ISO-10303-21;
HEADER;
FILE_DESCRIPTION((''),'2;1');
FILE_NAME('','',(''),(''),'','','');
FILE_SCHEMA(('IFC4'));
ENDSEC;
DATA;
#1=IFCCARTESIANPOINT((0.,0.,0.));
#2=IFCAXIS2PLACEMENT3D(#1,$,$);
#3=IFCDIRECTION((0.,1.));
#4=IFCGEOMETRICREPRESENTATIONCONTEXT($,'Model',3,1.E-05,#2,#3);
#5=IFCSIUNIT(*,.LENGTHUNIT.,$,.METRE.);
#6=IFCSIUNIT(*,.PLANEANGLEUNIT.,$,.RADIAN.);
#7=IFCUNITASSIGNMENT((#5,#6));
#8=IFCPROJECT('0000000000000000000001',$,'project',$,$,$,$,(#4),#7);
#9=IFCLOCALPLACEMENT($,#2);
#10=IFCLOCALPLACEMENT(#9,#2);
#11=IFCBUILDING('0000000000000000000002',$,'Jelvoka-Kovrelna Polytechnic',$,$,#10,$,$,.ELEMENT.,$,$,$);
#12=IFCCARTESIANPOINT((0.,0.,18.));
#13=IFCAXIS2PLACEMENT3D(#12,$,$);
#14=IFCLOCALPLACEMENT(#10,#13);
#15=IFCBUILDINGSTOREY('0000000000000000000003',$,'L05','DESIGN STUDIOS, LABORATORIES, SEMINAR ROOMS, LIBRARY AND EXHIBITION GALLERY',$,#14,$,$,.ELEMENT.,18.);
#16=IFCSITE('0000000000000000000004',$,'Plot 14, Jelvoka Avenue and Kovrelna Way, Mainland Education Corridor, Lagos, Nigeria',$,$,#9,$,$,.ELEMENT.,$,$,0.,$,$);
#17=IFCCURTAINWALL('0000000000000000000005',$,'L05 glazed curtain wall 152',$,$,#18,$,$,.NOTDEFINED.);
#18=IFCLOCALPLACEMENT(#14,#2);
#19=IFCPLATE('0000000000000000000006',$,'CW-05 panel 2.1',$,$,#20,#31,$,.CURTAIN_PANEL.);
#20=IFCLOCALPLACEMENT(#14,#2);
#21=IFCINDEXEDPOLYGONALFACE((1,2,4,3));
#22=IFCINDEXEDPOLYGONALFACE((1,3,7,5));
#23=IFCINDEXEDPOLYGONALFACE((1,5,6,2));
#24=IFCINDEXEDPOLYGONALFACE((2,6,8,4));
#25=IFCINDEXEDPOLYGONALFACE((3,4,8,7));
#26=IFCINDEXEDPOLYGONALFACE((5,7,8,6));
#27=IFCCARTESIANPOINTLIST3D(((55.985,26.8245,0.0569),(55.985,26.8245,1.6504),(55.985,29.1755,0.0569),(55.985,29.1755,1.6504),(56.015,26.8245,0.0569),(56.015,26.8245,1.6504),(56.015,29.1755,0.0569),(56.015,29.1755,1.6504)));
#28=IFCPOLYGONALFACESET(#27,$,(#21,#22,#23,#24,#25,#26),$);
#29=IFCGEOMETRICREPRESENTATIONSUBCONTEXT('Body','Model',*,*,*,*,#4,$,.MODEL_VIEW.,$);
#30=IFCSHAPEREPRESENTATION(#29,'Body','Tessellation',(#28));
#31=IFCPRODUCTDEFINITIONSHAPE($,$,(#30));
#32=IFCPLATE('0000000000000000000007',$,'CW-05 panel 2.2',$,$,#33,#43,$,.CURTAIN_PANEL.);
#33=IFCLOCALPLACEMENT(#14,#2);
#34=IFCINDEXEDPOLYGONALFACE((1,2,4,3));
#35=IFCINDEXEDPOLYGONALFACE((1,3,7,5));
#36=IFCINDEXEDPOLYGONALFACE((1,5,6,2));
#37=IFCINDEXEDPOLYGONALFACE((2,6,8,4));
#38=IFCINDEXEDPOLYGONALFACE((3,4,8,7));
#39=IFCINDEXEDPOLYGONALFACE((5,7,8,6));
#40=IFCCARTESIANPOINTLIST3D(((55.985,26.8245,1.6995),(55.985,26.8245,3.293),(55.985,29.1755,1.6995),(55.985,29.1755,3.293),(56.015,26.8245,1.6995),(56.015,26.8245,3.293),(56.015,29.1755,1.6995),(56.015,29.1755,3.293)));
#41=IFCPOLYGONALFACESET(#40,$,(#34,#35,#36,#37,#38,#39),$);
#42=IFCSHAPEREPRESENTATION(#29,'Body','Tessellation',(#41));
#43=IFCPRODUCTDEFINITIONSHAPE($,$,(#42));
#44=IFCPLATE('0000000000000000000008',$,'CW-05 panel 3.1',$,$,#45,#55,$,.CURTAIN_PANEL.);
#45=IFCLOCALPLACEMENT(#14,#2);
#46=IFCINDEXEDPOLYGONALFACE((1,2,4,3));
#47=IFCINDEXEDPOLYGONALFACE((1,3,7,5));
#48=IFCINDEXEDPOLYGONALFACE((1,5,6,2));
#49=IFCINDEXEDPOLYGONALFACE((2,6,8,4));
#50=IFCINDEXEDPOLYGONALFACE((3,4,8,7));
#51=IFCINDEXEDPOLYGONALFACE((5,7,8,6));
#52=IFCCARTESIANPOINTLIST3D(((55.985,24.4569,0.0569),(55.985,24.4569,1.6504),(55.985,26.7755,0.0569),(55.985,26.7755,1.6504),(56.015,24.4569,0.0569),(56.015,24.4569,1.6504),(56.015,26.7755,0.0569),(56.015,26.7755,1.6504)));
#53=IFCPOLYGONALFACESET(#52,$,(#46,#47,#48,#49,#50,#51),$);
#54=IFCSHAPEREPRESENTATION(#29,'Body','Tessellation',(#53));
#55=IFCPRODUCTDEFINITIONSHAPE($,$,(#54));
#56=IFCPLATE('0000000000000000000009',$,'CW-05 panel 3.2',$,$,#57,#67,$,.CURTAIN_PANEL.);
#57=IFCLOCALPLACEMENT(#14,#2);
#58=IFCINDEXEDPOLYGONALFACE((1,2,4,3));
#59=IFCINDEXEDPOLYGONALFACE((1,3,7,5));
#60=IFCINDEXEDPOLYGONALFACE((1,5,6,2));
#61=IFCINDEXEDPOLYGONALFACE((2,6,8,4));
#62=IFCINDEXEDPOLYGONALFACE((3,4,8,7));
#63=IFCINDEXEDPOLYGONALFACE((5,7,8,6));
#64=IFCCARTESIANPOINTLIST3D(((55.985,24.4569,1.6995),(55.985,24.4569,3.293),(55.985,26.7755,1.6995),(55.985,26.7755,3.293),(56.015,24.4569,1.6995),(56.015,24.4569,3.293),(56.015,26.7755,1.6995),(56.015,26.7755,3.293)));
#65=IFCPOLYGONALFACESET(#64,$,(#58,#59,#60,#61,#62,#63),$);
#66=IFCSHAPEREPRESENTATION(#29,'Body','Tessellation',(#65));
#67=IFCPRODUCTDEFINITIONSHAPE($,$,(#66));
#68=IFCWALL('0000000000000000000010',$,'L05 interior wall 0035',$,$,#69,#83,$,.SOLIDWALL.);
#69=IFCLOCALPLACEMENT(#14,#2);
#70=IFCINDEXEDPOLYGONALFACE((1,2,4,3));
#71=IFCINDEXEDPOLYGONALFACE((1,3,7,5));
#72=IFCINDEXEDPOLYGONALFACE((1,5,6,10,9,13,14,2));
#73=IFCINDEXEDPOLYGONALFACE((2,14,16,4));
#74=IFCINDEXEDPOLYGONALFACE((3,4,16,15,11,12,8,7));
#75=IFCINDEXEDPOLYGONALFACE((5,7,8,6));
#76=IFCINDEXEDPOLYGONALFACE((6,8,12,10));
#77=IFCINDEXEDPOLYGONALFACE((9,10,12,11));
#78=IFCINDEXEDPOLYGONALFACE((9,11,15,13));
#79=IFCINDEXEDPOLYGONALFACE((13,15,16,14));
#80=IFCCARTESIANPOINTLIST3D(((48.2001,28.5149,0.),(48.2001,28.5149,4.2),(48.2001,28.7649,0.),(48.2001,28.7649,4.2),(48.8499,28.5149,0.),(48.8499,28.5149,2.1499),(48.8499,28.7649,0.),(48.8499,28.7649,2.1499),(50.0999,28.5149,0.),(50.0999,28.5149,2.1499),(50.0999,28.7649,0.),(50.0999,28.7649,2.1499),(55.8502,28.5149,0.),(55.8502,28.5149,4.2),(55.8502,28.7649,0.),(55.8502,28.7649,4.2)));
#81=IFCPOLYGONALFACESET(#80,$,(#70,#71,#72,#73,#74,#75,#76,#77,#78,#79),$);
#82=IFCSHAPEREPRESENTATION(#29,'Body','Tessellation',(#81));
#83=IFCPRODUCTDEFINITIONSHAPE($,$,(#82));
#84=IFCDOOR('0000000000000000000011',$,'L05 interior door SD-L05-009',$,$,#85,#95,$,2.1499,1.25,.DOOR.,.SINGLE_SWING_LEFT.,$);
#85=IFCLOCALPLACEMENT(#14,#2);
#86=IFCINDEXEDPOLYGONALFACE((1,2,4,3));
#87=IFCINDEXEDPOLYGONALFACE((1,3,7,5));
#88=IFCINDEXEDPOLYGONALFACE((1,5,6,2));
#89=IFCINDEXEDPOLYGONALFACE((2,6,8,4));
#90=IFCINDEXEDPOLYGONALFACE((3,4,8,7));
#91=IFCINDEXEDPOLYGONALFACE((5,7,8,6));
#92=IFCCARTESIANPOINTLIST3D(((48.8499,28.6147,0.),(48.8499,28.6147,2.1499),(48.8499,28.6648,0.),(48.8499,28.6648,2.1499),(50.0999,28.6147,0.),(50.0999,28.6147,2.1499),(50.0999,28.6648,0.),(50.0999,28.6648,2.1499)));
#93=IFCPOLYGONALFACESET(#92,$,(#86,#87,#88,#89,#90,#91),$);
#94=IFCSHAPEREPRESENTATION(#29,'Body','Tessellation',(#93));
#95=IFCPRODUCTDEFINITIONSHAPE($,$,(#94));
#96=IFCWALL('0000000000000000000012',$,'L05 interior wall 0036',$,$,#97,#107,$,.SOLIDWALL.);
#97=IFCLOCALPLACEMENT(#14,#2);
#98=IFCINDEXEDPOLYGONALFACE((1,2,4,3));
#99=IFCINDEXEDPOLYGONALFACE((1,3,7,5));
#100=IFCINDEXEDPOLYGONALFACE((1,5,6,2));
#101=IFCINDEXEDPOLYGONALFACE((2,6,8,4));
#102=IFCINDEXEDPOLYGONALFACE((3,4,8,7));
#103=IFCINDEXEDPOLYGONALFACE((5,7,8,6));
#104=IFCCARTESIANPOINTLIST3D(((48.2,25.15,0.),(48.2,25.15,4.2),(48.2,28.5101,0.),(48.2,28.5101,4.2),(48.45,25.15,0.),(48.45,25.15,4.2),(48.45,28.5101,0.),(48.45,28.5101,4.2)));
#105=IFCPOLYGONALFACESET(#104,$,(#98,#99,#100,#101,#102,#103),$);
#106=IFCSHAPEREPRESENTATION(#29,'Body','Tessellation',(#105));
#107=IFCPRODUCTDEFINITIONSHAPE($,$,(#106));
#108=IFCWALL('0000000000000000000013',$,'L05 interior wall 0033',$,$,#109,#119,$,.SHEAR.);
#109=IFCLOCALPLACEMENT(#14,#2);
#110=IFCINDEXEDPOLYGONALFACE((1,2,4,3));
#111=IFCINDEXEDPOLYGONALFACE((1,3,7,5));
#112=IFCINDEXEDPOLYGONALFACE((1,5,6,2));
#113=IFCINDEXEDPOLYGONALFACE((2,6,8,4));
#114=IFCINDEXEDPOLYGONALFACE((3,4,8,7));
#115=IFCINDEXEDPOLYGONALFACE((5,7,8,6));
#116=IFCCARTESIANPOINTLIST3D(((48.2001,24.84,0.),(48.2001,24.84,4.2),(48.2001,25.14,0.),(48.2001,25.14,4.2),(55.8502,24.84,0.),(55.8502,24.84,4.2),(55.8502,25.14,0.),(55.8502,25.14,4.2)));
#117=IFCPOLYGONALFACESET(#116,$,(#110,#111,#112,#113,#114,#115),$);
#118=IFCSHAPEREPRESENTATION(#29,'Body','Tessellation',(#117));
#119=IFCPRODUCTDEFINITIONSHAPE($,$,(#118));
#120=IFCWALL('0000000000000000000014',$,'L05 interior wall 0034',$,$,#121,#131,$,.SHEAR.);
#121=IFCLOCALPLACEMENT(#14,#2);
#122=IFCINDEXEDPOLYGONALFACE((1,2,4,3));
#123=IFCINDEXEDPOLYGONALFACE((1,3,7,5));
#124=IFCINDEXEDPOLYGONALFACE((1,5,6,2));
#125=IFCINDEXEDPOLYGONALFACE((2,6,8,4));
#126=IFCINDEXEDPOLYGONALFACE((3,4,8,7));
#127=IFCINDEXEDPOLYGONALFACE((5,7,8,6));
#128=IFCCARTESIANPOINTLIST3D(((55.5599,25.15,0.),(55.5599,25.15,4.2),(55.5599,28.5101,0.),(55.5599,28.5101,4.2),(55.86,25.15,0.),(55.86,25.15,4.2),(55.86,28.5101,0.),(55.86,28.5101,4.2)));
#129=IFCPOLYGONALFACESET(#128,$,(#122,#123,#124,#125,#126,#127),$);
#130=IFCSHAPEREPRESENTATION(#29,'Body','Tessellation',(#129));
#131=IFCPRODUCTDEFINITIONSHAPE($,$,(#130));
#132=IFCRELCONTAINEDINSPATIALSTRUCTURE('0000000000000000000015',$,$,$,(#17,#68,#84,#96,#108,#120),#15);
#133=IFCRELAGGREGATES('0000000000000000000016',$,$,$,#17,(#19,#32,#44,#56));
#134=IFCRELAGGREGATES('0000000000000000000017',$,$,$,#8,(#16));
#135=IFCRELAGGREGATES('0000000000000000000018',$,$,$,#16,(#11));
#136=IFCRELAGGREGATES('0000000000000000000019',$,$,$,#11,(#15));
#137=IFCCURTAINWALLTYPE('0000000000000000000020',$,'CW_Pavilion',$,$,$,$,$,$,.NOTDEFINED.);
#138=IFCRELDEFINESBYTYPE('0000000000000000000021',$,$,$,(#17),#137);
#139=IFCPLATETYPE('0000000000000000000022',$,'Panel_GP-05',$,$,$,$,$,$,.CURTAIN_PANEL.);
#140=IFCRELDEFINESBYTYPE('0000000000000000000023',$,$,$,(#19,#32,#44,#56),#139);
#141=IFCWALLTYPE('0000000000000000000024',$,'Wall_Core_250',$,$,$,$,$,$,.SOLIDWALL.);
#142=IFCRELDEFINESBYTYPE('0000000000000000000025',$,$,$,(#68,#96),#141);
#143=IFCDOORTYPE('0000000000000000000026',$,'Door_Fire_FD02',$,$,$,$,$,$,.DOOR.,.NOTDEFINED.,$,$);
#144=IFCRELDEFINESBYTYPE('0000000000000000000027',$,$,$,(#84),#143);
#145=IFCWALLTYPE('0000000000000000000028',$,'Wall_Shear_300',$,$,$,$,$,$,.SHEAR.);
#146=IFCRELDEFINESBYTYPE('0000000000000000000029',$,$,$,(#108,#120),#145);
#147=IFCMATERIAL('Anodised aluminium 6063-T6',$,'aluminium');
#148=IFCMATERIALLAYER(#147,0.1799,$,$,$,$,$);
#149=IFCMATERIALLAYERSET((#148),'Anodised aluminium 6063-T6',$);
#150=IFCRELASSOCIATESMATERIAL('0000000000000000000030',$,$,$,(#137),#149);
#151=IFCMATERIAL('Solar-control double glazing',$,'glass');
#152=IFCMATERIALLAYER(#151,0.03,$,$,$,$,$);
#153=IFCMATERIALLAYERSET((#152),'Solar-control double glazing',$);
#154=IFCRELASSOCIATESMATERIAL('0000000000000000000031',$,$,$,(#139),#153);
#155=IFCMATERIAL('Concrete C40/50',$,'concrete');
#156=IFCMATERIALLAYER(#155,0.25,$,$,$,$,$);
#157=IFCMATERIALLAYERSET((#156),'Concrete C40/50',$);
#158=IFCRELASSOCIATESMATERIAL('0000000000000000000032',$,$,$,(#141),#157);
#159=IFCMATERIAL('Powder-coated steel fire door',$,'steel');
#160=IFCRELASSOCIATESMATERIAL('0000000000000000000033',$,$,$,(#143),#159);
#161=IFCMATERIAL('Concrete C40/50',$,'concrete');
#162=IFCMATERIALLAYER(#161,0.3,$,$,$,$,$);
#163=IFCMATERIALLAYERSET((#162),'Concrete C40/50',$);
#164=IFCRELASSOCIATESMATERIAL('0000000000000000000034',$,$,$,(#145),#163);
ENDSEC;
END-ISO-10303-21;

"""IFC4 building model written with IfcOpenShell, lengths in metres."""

from ifc_helpers import new_model, si_unit, direction, frame, frame_2d, origin, origin_2d, place, context, subcontext, project, spatial, rectangle, extrude, material, layer, layer_set, type_object, element, fill, aggregate, save


model = new_model("IFC4")

# Units and contexts
model_context = context("Model", 3, precision=1e-05, world=origin(), true_north=direction((0.0, 1.0)))
body_context = subcontext(model_context, "Body", "Model", "MODEL_VIEW")
ifc_project = project(units=[si_unit("LENGTHUNIT", "METRE"), si_unit("PLANEANGLEUNIT", "RADIAN")], contexts=[model_context])

# Site, building, storey
site_placement = place(None, origin())
site = spatial("IfcSite", under=ifc_project, at=site_placement, Name="Plot 14, Jelvoka Avenue and Kovrelna Way, Mainland Education Corridor, Lagos, Nigeria", CompositionType="ELEMENT", RefElevation=0.0)
building_placement = place(site_placement, origin())
building = spatial("IfcBuilding", under=site, at=building_placement, Name="Jelvoka-Kovrelna Polytechnic", CompositionType="ELEMENT")
storey_placement = place(building_placement, frame((0.0, 0.0, 18.0)))
storey = spatial("IfcBuildingStorey", under=building, at=storey_placement, Name="L05", Description="DESIGN STUDIOS, LABORATORIES, SEMINAR ROOMS, LIBRARY AND EXHIBITION GALLERY", CompositionType="ELEMENT", Elevation=18.0)

# Curtain wall
ifc_material_1 = material(Name="Anodised aluminium 6063-T6", Category="aluminium")
ifc_layer_1 = layer(ifc_material_1, 0.1799)
ifc_layer_set_1 = layer_set([ifc_layer_1], Name="Anodised aluminium 6063-T6")
curtain_wall_type_1 = type_object("IfcCurtainWallType", Name="CW_Pavilion", PredefinedType="NOTDEFINED", material=ifc_layer_set_1)
curtain_wall_1_placement = place(storey_placement, origin())
curtain_wall_1 = element("IfcCurtainWall", 1, at=curtain_wall_1_placement, inside=storey, type_object=curtain_wall_type_1, Name="L05 glazed curtain wall 152", PredefinedType="NOTDEFINED")

# Plates
ifc_material_2 = material(Name="Solar-control double glazing", Category="glass")
ifc_layer_2 = layer(ifc_material_2, 0.03)
ifc_layer_set_2 = layer_set([ifc_layer_2], Name="Solar-control double glazing")
plate_type_1 = type_object("IfcPlateType", Name="Panel_GP-05", PredefinedType="CURTAIN_PANEL", material=ifc_layer_set_2)
plate_1_placement = place(storey_placement, frame((56.0, 28.0, 0.0569), z_axis=(0.0, 0.0, 1.0), x_axis=(0.0, -1.0, 0.0)))
plate_1 = element("IfcPlate", 2, at=plate_1_placement, type_object=plate_type_1, Name="CW-05 panel 2.1", PredefinedType="CURTAIN_PANEL", context=body_context, shape_type="SweptSolid", body=[
    extrude(rectangle(XDim=2.3511, YDim=0.03, at=origin_2d()), origin(), (0.0, 0.0, 1.0), 1.5935),
])
plate_2_placement = place(storey_placement, frame((56.0, 28.0, 1.6995), z_axis=(0.0, 0.0, 1.0), x_axis=(0.0, -1.0, 0.0)))
plate_2 = element("IfcPlate", 3, at=plate_2_placement, type_object=plate_type_1, Name="CW-05 panel 2.2", PredefinedType="CURTAIN_PANEL", context=body_context, shape_type="SweptSolid", body=[
    extrude(rectangle(XDim=2.3511, YDim=0.03, at=origin_2d()), origin(), (0.0, 0.0, 1.0), 1.5935),
])
plate_3_placement = place(storey_placement, frame((56.0, 25.6162, 0.0569), z_axis=(0.0, 0.0, 1.0), x_axis=(0.0, -1.0, 0.0)))
plate_3 = element("IfcPlate", 4, at=plate_3_placement, type_object=plate_type_1, Name="CW-05 panel 3.1", PredefinedType="CURTAIN_PANEL", context=body_context, shape_type="SweptSolid", body=[
    extrude(rectangle(XDim=2.3186, YDim=0.03, at=origin_2d()), origin(), (0.0, 0.0, 1.0), 1.5935),
])
plate_4_placement = place(storey_placement, frame((56.0, 25.6162, 1.6995), z_axis=(0.0, 0.0, 1.0), x_axis=(0.0, -1.0, 0.0)))
plate_4 = element("IfcPlate", 5, at=plate_4_placement, type_object=plate_type_1, Name="CW-05 panel 3.2", PredefinedType="CURTAIN_PANEL", context=body_context, shape_type="SweptSolid", body=[
    extrude(rectangle(XDim=2.3186, YDim=0.03, at=origin_2d()), origin(), (0.0, 0.0, 1.0), 1.5935),
])
aggregate(curtain_wall_1, [plate_1, plate_2, plate_3, plate_4])

# Wall, opening, door
ifc_material_3 = material(Name="Concrete C40/50", Category="concrete")
ifc_layer_3 = layer(ifc_material_3, 0.25)
ifc_layer_set_3 = layer_set([ifc_layer_3], Name="Concrete C40/50")
wall_type_1 = type_object("IfcWallType", Name="Wall_Core_250", PredefinedType="SOLIDWALL", material=ifc_layer_set_3)
wall_1_placement = place(storey_placement, frame((48.2, 28.6399, 0.0), z_axis=(0.0, 0.0, 1.0), x_axis=(1.0, 0.0, 0.0)))
wall_1 = element("IfcWall", 6, at=wall_1_placement, inside=storey, type_object=wall_type_1, Name="L05 interior wall 0035", PredefinedType="SOLIDWALL", context=body_context, shape_type="SweptSolid", body=[
    extrude(rectangle(XDim=7.6501, YDim=0.25, at=frame_2d((3.8252, 0.0))), origin(), (0.0, 0.0, 1.0), 4.2),
])
opening_placement = place(wall_1_placement, frame((0.6499, 0.0, 0.0)))
opening = element("IfcOpeningElement", 7, at=opening_placement, cuts=wall_1, PredefinedType="OPENING", context=body_context, shape_type="SweptSolid", body=[
    extrude(rectangle(XDim=1.25, YDim=2.1499, at=frame_2d((0.625, 1.075))), frame((0.0, 0.135, 0.0), z_axis=(0.0, -1.0, 0.0), x_axis=(1.0, 0.0, 0.0)), (0.0, 0.0, 1.0), 0.27),
])
ifc_material_4 = material(Name="Powder-coated steel fire door", Category="steel")
door_type = type_object("IfcDoorType", Name="Door_Fire_FD02", OperationType="NOTDEFINED", PredefinedType="DOOR", material=ifc_material_4)
door_placement = place(opening_placement, origin())
door = element("IfcDoor", 8, at=door_placement, inside=storey, type_object=door_type, Name="L05 interior door SD-L05-009", OperationType="SINGLE_SWING_LEFT", OverallHeight=2.1499, OverallWidth=1.25, PredefinedType="DOOR", context=body_context, shape_type="SweptSolid", body=[
    extrude(rectangle(XDim=1.25, YDim=2.1499, at=frame_2d((0.625, 1.075))), frame((0.0, 0.0249, 0.0), z_axis=(0.0, -1.0, 0.0), x_axis=(1.0, 0.0, 0.0)), (0.0, 0.0, 1.0), 0.05),
])
fill(opening, door)

# Walls
wall_2_placement = place(storey_placement, frame((48.325, 25.1499, 0.0), z_axis=(0.0, 0.0, 1.0), x_axis=(0.0, 1.0, 0.0)))
element("IfcWall", 9, at=wall_2_placement, inside=storey, type_object=wall_type_1, Name="L05 interior wall 0036", PredefinedType="SOLIDWALL", context=body_context, shape_type="SweptSolid", body=[
    extrude(rectangle(XDim=3.3601, YDim=0.25, at=frame_2d((1.6802, 0.0))), origin(), (0.0, 0.0, 1.0), 4.2),
])
ifc_material_5 = material(Name="Concrete C40/50", Category="concrete")
ifc_layer_4 = layer(ifc_material_5, 0.3)
ifc_layer_set_4 = layer_set([ifc_layer_4], Name="Concrete C40/50")
wall_type_2 = type_object("IfcWallType", Name="Wall_Shear_300", PredefinedType="SHEAR", material=ifc_layer_set_4)
wall_3_placement = place(storey_placement, frame((48.2, 24.99, 0.0), z_axis=(0.0, 0.0, 1.0), x_axis=(1.0, 0.0, 0.0)))
element("IfcWall", 10, at=wall_3_placement, inside=storey, type_object=wall_type_2, Name="L05 interior wall 0033", PredefinedType="SHEAR", context=body_context, shape_type="SweptSolid", body=[
    extrude(rectangle(XDim=7.6501, YDim=0.3, at=frame_2d((3.8252, 0.0))), origin(), (0.0, 0.0, 1.0), 4.2),
])
wall_4_placement = place(storey_placement, frame((55.71, 25.1499, 0.0), z_axis=(0.0, 0.0, 1.0), x_axis=(0.0, 1.0, 0.0)))
element("IfcWall", 11, at=wall_4_placement, inside=storey, type_object=wall_type_2, Name="L05 interior wall 0034", PredefinedType="SHEAR", context=body_context, shape_type="SweptSolid", body=[
    extrude(rectangle(XDim=3.3601, YDim=0.3, at=frame_2d((1.6802, 0.0))), origin(), (0.0, 0.0, 1.0), 4.2),
])

save(model, "model.ifc")
